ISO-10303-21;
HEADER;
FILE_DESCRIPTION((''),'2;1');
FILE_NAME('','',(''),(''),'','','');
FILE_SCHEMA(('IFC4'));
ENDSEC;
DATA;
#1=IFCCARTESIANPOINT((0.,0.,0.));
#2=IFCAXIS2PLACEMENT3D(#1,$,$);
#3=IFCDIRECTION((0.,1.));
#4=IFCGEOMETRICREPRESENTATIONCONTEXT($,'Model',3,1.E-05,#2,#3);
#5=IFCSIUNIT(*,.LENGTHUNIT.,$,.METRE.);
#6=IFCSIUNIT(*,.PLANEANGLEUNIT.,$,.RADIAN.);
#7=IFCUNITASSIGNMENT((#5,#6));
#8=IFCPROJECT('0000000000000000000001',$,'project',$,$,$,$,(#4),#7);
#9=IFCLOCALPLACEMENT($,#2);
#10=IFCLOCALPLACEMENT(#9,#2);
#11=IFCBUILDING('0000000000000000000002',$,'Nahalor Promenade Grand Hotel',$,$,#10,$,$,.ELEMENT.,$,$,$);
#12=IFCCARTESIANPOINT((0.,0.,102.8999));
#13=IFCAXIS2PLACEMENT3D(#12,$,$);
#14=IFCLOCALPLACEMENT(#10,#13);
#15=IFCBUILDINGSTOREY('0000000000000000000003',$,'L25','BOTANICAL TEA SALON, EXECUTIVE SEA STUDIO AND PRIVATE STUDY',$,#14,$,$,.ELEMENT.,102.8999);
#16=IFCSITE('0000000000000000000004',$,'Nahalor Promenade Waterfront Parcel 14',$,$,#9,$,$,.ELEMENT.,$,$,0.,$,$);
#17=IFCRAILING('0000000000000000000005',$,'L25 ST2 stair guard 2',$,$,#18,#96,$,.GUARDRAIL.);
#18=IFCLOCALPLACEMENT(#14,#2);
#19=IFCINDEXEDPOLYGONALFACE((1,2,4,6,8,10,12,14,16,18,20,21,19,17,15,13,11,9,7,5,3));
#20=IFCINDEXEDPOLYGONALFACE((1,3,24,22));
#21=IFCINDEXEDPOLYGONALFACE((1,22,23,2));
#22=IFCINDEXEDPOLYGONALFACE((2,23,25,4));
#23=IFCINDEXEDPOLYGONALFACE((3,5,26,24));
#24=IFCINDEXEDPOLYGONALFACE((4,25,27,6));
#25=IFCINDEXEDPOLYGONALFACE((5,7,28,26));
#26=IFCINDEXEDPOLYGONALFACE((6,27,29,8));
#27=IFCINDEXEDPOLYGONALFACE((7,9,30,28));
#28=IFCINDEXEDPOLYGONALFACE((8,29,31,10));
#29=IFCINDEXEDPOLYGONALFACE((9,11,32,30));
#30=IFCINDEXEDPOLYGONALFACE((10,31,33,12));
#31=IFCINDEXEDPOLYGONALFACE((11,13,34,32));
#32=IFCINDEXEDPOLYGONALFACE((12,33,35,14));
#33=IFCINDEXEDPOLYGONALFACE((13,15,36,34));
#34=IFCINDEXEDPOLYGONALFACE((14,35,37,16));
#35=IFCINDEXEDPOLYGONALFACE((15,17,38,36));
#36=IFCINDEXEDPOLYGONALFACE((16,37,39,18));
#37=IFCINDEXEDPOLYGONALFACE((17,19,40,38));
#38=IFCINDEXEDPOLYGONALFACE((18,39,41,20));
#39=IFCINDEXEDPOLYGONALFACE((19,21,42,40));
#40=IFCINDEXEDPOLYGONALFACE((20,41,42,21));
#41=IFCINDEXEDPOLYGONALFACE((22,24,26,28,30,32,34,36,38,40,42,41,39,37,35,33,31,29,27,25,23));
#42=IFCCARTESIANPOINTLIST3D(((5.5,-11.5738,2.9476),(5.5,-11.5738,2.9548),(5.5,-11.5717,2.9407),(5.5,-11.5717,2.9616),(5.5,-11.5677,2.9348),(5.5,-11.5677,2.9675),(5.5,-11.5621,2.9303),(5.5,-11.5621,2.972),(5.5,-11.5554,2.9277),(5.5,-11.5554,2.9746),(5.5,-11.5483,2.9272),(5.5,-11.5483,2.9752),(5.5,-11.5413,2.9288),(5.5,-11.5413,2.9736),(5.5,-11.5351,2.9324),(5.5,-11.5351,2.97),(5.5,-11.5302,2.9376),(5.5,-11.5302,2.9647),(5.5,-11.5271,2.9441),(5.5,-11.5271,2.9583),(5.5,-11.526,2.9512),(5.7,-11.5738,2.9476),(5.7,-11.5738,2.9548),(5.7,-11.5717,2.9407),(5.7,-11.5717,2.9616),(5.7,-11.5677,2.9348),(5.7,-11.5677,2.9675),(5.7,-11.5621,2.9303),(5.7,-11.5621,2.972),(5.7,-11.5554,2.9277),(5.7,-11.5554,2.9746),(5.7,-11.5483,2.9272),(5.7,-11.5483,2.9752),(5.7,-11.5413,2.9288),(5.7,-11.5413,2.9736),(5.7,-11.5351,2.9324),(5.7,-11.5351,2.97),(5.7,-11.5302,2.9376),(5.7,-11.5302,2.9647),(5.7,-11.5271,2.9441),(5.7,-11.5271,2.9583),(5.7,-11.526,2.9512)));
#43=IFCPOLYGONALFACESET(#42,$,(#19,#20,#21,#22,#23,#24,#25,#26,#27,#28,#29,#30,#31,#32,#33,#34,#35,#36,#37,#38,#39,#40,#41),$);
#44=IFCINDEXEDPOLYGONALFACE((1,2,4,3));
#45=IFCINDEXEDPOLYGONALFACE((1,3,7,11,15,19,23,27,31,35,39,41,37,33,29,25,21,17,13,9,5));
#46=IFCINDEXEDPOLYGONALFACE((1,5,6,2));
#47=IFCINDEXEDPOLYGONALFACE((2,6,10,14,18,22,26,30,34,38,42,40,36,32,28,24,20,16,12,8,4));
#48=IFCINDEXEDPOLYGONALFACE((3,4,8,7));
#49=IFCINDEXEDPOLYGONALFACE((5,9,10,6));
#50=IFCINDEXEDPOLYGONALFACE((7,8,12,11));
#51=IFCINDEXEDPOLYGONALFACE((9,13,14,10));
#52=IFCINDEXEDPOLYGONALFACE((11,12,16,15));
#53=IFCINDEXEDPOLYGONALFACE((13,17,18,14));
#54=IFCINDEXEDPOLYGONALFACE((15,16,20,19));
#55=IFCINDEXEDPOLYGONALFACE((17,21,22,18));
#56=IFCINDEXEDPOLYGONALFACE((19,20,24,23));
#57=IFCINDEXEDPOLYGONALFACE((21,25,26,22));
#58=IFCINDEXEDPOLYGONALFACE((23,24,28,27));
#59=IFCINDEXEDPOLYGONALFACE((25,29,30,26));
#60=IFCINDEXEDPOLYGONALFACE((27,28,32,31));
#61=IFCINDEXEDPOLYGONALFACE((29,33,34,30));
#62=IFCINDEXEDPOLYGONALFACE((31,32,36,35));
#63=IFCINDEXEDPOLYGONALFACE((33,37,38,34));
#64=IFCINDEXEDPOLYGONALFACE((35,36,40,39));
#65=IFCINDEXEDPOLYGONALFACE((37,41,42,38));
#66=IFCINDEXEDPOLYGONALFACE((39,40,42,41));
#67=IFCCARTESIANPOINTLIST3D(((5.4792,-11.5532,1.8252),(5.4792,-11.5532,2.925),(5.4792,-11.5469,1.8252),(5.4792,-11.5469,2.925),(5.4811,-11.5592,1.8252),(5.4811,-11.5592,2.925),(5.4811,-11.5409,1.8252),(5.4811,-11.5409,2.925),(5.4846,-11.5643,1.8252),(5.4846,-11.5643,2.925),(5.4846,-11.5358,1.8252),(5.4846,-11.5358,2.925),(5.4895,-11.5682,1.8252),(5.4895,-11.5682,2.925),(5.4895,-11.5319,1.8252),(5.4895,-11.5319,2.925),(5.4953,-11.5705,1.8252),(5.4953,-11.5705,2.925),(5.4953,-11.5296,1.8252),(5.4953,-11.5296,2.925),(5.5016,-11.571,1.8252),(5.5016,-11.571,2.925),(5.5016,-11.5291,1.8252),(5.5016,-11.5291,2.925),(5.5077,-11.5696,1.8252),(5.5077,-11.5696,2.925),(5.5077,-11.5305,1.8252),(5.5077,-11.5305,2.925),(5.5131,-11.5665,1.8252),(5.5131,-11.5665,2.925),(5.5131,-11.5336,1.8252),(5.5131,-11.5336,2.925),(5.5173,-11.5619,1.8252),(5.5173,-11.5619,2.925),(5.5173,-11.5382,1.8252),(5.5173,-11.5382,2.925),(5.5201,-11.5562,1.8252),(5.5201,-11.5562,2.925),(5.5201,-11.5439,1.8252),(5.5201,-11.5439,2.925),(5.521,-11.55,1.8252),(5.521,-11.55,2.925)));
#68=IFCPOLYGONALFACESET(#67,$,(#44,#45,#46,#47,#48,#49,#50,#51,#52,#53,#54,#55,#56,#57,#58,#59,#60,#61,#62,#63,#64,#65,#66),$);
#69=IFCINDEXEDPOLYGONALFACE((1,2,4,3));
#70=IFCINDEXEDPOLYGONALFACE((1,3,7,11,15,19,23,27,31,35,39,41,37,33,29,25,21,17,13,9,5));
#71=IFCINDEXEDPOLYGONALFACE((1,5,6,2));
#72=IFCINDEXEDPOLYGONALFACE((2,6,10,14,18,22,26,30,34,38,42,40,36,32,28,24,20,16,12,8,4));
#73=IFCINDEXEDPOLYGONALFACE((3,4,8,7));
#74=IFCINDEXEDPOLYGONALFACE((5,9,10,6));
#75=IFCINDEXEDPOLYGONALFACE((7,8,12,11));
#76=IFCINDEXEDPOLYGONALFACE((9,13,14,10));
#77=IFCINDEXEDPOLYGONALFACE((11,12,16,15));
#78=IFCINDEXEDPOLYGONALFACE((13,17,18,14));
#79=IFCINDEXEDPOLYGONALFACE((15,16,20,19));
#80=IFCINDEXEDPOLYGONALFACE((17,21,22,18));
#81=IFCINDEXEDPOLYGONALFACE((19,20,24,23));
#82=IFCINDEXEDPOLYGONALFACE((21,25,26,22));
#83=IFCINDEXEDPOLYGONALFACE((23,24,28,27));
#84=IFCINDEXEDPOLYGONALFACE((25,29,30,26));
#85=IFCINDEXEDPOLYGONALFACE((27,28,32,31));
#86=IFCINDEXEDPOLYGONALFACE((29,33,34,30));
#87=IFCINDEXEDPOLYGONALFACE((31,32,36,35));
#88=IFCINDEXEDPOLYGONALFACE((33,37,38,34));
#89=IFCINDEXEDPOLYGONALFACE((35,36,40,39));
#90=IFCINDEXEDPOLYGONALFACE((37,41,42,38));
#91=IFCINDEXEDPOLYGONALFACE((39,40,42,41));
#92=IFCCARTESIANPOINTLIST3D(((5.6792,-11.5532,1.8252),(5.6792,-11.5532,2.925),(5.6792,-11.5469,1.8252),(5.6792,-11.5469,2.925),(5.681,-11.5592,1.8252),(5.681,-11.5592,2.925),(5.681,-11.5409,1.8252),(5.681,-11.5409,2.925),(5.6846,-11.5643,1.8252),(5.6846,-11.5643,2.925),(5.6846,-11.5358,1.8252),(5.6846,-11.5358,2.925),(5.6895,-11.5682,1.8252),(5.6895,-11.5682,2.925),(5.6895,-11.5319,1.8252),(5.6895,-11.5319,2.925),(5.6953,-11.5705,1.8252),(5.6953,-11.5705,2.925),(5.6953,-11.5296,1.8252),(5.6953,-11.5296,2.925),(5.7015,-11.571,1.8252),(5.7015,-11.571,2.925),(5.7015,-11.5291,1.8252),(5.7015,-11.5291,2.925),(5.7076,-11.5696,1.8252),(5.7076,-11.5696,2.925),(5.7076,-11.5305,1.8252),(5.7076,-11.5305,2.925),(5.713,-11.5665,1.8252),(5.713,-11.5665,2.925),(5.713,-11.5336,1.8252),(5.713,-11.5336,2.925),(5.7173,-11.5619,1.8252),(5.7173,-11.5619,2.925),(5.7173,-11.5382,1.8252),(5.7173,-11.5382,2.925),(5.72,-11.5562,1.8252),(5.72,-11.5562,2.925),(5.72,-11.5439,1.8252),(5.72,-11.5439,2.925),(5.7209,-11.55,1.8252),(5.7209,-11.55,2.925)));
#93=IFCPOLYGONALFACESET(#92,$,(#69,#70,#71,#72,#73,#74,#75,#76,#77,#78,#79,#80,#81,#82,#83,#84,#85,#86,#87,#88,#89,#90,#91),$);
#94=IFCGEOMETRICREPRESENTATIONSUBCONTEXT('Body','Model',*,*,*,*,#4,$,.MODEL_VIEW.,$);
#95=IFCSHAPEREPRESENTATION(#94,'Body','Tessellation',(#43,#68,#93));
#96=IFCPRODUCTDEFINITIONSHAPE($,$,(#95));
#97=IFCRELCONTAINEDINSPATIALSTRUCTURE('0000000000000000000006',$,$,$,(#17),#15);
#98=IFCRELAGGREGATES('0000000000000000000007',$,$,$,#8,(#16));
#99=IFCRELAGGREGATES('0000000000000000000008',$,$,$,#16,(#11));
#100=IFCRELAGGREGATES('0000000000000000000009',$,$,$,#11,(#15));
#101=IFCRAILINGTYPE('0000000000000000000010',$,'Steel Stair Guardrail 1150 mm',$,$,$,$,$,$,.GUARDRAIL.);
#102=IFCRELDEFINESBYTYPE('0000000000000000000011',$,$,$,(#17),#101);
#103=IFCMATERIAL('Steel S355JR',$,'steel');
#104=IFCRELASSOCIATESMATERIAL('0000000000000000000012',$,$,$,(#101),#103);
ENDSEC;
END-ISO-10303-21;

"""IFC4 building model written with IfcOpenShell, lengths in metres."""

from ifc_helpers import new_model, si_unit, direction, frame, origin, origin_2d, place, context, subcontext, project, spatial, circle, extrude, material, type_object, element, save


model = new_model("IFC4")

# Units and contexts
model_context = context("Model", 3, precision=1e-05, world=origin(), true_north=direction((0.0, 1.0)))
body_context = subcontext(model_context, "Body", "Model", "MODEL_VIEW")
ifc_project = project(units=[si_unit("LENGTHUNIT", "METRE"), si_unit("PLANEANGLEUNIT", "RADIAN")], contexts=[model_context])

# Site, building, storey
site_placement = place(None, origin())
site = spatial("IfcSite", under=ifc_project, at=site_placement, Name="Nahalor Promenade Waterfront Parcel 14", CompositionType="ELEMENT", RefElevation=0.0)
building_placement = place(site_placement, origin())
building = spatial("IfcBuilding", under=site, at=building_placement, Name="Nahalor Promenade Grand Hotel", CompositionType="ELEMENT")
storey_placement = place(building_placement, frame((0.0, 0.0, 102.8999)))
storey = spatial("IfcBuildingStorey", under=building, at=storey_placement, Name="L25", Description="BOTANICAL TEA SALON, EXECUTIVE SEA STUDIO AND PRIVATE STUDY", CompositionType="ELEMENT", Elevation=102.8999)

# Shared definitions
ifc_material_1 = material(Name="Steel S355JR", Category="steel")

# Railing
railing_type_1 = type_object("IfcRailingType", Name="Steel Stair Guardrail 1150 mm", PredefinedType="GUARDRAIL", material=ifc_material_1)
railing_1_placement = place(storey_placement, frame((5.5, -11.55, 1.8252)))
element("IfcRailing", 1, at=railing_1_placement, inside=storey, type_object=railing_type_1, Name="L25 ST2 stair guard 2", PredefinedType="GUARDRAIL", context=body_context, shape_type="SweptSolid", body=[
    extrude(circle(Radius=0.024, at=origin_2d()), frame((0.0, 0.0, 1.126), z_axis=(1.0, 0.0, 0.0), x_axis=(0.0, 1.0, 0.0)), (0.0, 0.0, 1.0), 0.2),
    extrude(circle(Radius=0.021, at=origin_2d()), origin(), (0.0, 0.0, 1.0), 1.0999),
    extrude(circle(Radius=0.021, at=origin_2d()), frame((0.2, 0.0, 0.0)), (0.0, 0.0, 1.0), 1.0999),
])

save(model, "model.ifc")
